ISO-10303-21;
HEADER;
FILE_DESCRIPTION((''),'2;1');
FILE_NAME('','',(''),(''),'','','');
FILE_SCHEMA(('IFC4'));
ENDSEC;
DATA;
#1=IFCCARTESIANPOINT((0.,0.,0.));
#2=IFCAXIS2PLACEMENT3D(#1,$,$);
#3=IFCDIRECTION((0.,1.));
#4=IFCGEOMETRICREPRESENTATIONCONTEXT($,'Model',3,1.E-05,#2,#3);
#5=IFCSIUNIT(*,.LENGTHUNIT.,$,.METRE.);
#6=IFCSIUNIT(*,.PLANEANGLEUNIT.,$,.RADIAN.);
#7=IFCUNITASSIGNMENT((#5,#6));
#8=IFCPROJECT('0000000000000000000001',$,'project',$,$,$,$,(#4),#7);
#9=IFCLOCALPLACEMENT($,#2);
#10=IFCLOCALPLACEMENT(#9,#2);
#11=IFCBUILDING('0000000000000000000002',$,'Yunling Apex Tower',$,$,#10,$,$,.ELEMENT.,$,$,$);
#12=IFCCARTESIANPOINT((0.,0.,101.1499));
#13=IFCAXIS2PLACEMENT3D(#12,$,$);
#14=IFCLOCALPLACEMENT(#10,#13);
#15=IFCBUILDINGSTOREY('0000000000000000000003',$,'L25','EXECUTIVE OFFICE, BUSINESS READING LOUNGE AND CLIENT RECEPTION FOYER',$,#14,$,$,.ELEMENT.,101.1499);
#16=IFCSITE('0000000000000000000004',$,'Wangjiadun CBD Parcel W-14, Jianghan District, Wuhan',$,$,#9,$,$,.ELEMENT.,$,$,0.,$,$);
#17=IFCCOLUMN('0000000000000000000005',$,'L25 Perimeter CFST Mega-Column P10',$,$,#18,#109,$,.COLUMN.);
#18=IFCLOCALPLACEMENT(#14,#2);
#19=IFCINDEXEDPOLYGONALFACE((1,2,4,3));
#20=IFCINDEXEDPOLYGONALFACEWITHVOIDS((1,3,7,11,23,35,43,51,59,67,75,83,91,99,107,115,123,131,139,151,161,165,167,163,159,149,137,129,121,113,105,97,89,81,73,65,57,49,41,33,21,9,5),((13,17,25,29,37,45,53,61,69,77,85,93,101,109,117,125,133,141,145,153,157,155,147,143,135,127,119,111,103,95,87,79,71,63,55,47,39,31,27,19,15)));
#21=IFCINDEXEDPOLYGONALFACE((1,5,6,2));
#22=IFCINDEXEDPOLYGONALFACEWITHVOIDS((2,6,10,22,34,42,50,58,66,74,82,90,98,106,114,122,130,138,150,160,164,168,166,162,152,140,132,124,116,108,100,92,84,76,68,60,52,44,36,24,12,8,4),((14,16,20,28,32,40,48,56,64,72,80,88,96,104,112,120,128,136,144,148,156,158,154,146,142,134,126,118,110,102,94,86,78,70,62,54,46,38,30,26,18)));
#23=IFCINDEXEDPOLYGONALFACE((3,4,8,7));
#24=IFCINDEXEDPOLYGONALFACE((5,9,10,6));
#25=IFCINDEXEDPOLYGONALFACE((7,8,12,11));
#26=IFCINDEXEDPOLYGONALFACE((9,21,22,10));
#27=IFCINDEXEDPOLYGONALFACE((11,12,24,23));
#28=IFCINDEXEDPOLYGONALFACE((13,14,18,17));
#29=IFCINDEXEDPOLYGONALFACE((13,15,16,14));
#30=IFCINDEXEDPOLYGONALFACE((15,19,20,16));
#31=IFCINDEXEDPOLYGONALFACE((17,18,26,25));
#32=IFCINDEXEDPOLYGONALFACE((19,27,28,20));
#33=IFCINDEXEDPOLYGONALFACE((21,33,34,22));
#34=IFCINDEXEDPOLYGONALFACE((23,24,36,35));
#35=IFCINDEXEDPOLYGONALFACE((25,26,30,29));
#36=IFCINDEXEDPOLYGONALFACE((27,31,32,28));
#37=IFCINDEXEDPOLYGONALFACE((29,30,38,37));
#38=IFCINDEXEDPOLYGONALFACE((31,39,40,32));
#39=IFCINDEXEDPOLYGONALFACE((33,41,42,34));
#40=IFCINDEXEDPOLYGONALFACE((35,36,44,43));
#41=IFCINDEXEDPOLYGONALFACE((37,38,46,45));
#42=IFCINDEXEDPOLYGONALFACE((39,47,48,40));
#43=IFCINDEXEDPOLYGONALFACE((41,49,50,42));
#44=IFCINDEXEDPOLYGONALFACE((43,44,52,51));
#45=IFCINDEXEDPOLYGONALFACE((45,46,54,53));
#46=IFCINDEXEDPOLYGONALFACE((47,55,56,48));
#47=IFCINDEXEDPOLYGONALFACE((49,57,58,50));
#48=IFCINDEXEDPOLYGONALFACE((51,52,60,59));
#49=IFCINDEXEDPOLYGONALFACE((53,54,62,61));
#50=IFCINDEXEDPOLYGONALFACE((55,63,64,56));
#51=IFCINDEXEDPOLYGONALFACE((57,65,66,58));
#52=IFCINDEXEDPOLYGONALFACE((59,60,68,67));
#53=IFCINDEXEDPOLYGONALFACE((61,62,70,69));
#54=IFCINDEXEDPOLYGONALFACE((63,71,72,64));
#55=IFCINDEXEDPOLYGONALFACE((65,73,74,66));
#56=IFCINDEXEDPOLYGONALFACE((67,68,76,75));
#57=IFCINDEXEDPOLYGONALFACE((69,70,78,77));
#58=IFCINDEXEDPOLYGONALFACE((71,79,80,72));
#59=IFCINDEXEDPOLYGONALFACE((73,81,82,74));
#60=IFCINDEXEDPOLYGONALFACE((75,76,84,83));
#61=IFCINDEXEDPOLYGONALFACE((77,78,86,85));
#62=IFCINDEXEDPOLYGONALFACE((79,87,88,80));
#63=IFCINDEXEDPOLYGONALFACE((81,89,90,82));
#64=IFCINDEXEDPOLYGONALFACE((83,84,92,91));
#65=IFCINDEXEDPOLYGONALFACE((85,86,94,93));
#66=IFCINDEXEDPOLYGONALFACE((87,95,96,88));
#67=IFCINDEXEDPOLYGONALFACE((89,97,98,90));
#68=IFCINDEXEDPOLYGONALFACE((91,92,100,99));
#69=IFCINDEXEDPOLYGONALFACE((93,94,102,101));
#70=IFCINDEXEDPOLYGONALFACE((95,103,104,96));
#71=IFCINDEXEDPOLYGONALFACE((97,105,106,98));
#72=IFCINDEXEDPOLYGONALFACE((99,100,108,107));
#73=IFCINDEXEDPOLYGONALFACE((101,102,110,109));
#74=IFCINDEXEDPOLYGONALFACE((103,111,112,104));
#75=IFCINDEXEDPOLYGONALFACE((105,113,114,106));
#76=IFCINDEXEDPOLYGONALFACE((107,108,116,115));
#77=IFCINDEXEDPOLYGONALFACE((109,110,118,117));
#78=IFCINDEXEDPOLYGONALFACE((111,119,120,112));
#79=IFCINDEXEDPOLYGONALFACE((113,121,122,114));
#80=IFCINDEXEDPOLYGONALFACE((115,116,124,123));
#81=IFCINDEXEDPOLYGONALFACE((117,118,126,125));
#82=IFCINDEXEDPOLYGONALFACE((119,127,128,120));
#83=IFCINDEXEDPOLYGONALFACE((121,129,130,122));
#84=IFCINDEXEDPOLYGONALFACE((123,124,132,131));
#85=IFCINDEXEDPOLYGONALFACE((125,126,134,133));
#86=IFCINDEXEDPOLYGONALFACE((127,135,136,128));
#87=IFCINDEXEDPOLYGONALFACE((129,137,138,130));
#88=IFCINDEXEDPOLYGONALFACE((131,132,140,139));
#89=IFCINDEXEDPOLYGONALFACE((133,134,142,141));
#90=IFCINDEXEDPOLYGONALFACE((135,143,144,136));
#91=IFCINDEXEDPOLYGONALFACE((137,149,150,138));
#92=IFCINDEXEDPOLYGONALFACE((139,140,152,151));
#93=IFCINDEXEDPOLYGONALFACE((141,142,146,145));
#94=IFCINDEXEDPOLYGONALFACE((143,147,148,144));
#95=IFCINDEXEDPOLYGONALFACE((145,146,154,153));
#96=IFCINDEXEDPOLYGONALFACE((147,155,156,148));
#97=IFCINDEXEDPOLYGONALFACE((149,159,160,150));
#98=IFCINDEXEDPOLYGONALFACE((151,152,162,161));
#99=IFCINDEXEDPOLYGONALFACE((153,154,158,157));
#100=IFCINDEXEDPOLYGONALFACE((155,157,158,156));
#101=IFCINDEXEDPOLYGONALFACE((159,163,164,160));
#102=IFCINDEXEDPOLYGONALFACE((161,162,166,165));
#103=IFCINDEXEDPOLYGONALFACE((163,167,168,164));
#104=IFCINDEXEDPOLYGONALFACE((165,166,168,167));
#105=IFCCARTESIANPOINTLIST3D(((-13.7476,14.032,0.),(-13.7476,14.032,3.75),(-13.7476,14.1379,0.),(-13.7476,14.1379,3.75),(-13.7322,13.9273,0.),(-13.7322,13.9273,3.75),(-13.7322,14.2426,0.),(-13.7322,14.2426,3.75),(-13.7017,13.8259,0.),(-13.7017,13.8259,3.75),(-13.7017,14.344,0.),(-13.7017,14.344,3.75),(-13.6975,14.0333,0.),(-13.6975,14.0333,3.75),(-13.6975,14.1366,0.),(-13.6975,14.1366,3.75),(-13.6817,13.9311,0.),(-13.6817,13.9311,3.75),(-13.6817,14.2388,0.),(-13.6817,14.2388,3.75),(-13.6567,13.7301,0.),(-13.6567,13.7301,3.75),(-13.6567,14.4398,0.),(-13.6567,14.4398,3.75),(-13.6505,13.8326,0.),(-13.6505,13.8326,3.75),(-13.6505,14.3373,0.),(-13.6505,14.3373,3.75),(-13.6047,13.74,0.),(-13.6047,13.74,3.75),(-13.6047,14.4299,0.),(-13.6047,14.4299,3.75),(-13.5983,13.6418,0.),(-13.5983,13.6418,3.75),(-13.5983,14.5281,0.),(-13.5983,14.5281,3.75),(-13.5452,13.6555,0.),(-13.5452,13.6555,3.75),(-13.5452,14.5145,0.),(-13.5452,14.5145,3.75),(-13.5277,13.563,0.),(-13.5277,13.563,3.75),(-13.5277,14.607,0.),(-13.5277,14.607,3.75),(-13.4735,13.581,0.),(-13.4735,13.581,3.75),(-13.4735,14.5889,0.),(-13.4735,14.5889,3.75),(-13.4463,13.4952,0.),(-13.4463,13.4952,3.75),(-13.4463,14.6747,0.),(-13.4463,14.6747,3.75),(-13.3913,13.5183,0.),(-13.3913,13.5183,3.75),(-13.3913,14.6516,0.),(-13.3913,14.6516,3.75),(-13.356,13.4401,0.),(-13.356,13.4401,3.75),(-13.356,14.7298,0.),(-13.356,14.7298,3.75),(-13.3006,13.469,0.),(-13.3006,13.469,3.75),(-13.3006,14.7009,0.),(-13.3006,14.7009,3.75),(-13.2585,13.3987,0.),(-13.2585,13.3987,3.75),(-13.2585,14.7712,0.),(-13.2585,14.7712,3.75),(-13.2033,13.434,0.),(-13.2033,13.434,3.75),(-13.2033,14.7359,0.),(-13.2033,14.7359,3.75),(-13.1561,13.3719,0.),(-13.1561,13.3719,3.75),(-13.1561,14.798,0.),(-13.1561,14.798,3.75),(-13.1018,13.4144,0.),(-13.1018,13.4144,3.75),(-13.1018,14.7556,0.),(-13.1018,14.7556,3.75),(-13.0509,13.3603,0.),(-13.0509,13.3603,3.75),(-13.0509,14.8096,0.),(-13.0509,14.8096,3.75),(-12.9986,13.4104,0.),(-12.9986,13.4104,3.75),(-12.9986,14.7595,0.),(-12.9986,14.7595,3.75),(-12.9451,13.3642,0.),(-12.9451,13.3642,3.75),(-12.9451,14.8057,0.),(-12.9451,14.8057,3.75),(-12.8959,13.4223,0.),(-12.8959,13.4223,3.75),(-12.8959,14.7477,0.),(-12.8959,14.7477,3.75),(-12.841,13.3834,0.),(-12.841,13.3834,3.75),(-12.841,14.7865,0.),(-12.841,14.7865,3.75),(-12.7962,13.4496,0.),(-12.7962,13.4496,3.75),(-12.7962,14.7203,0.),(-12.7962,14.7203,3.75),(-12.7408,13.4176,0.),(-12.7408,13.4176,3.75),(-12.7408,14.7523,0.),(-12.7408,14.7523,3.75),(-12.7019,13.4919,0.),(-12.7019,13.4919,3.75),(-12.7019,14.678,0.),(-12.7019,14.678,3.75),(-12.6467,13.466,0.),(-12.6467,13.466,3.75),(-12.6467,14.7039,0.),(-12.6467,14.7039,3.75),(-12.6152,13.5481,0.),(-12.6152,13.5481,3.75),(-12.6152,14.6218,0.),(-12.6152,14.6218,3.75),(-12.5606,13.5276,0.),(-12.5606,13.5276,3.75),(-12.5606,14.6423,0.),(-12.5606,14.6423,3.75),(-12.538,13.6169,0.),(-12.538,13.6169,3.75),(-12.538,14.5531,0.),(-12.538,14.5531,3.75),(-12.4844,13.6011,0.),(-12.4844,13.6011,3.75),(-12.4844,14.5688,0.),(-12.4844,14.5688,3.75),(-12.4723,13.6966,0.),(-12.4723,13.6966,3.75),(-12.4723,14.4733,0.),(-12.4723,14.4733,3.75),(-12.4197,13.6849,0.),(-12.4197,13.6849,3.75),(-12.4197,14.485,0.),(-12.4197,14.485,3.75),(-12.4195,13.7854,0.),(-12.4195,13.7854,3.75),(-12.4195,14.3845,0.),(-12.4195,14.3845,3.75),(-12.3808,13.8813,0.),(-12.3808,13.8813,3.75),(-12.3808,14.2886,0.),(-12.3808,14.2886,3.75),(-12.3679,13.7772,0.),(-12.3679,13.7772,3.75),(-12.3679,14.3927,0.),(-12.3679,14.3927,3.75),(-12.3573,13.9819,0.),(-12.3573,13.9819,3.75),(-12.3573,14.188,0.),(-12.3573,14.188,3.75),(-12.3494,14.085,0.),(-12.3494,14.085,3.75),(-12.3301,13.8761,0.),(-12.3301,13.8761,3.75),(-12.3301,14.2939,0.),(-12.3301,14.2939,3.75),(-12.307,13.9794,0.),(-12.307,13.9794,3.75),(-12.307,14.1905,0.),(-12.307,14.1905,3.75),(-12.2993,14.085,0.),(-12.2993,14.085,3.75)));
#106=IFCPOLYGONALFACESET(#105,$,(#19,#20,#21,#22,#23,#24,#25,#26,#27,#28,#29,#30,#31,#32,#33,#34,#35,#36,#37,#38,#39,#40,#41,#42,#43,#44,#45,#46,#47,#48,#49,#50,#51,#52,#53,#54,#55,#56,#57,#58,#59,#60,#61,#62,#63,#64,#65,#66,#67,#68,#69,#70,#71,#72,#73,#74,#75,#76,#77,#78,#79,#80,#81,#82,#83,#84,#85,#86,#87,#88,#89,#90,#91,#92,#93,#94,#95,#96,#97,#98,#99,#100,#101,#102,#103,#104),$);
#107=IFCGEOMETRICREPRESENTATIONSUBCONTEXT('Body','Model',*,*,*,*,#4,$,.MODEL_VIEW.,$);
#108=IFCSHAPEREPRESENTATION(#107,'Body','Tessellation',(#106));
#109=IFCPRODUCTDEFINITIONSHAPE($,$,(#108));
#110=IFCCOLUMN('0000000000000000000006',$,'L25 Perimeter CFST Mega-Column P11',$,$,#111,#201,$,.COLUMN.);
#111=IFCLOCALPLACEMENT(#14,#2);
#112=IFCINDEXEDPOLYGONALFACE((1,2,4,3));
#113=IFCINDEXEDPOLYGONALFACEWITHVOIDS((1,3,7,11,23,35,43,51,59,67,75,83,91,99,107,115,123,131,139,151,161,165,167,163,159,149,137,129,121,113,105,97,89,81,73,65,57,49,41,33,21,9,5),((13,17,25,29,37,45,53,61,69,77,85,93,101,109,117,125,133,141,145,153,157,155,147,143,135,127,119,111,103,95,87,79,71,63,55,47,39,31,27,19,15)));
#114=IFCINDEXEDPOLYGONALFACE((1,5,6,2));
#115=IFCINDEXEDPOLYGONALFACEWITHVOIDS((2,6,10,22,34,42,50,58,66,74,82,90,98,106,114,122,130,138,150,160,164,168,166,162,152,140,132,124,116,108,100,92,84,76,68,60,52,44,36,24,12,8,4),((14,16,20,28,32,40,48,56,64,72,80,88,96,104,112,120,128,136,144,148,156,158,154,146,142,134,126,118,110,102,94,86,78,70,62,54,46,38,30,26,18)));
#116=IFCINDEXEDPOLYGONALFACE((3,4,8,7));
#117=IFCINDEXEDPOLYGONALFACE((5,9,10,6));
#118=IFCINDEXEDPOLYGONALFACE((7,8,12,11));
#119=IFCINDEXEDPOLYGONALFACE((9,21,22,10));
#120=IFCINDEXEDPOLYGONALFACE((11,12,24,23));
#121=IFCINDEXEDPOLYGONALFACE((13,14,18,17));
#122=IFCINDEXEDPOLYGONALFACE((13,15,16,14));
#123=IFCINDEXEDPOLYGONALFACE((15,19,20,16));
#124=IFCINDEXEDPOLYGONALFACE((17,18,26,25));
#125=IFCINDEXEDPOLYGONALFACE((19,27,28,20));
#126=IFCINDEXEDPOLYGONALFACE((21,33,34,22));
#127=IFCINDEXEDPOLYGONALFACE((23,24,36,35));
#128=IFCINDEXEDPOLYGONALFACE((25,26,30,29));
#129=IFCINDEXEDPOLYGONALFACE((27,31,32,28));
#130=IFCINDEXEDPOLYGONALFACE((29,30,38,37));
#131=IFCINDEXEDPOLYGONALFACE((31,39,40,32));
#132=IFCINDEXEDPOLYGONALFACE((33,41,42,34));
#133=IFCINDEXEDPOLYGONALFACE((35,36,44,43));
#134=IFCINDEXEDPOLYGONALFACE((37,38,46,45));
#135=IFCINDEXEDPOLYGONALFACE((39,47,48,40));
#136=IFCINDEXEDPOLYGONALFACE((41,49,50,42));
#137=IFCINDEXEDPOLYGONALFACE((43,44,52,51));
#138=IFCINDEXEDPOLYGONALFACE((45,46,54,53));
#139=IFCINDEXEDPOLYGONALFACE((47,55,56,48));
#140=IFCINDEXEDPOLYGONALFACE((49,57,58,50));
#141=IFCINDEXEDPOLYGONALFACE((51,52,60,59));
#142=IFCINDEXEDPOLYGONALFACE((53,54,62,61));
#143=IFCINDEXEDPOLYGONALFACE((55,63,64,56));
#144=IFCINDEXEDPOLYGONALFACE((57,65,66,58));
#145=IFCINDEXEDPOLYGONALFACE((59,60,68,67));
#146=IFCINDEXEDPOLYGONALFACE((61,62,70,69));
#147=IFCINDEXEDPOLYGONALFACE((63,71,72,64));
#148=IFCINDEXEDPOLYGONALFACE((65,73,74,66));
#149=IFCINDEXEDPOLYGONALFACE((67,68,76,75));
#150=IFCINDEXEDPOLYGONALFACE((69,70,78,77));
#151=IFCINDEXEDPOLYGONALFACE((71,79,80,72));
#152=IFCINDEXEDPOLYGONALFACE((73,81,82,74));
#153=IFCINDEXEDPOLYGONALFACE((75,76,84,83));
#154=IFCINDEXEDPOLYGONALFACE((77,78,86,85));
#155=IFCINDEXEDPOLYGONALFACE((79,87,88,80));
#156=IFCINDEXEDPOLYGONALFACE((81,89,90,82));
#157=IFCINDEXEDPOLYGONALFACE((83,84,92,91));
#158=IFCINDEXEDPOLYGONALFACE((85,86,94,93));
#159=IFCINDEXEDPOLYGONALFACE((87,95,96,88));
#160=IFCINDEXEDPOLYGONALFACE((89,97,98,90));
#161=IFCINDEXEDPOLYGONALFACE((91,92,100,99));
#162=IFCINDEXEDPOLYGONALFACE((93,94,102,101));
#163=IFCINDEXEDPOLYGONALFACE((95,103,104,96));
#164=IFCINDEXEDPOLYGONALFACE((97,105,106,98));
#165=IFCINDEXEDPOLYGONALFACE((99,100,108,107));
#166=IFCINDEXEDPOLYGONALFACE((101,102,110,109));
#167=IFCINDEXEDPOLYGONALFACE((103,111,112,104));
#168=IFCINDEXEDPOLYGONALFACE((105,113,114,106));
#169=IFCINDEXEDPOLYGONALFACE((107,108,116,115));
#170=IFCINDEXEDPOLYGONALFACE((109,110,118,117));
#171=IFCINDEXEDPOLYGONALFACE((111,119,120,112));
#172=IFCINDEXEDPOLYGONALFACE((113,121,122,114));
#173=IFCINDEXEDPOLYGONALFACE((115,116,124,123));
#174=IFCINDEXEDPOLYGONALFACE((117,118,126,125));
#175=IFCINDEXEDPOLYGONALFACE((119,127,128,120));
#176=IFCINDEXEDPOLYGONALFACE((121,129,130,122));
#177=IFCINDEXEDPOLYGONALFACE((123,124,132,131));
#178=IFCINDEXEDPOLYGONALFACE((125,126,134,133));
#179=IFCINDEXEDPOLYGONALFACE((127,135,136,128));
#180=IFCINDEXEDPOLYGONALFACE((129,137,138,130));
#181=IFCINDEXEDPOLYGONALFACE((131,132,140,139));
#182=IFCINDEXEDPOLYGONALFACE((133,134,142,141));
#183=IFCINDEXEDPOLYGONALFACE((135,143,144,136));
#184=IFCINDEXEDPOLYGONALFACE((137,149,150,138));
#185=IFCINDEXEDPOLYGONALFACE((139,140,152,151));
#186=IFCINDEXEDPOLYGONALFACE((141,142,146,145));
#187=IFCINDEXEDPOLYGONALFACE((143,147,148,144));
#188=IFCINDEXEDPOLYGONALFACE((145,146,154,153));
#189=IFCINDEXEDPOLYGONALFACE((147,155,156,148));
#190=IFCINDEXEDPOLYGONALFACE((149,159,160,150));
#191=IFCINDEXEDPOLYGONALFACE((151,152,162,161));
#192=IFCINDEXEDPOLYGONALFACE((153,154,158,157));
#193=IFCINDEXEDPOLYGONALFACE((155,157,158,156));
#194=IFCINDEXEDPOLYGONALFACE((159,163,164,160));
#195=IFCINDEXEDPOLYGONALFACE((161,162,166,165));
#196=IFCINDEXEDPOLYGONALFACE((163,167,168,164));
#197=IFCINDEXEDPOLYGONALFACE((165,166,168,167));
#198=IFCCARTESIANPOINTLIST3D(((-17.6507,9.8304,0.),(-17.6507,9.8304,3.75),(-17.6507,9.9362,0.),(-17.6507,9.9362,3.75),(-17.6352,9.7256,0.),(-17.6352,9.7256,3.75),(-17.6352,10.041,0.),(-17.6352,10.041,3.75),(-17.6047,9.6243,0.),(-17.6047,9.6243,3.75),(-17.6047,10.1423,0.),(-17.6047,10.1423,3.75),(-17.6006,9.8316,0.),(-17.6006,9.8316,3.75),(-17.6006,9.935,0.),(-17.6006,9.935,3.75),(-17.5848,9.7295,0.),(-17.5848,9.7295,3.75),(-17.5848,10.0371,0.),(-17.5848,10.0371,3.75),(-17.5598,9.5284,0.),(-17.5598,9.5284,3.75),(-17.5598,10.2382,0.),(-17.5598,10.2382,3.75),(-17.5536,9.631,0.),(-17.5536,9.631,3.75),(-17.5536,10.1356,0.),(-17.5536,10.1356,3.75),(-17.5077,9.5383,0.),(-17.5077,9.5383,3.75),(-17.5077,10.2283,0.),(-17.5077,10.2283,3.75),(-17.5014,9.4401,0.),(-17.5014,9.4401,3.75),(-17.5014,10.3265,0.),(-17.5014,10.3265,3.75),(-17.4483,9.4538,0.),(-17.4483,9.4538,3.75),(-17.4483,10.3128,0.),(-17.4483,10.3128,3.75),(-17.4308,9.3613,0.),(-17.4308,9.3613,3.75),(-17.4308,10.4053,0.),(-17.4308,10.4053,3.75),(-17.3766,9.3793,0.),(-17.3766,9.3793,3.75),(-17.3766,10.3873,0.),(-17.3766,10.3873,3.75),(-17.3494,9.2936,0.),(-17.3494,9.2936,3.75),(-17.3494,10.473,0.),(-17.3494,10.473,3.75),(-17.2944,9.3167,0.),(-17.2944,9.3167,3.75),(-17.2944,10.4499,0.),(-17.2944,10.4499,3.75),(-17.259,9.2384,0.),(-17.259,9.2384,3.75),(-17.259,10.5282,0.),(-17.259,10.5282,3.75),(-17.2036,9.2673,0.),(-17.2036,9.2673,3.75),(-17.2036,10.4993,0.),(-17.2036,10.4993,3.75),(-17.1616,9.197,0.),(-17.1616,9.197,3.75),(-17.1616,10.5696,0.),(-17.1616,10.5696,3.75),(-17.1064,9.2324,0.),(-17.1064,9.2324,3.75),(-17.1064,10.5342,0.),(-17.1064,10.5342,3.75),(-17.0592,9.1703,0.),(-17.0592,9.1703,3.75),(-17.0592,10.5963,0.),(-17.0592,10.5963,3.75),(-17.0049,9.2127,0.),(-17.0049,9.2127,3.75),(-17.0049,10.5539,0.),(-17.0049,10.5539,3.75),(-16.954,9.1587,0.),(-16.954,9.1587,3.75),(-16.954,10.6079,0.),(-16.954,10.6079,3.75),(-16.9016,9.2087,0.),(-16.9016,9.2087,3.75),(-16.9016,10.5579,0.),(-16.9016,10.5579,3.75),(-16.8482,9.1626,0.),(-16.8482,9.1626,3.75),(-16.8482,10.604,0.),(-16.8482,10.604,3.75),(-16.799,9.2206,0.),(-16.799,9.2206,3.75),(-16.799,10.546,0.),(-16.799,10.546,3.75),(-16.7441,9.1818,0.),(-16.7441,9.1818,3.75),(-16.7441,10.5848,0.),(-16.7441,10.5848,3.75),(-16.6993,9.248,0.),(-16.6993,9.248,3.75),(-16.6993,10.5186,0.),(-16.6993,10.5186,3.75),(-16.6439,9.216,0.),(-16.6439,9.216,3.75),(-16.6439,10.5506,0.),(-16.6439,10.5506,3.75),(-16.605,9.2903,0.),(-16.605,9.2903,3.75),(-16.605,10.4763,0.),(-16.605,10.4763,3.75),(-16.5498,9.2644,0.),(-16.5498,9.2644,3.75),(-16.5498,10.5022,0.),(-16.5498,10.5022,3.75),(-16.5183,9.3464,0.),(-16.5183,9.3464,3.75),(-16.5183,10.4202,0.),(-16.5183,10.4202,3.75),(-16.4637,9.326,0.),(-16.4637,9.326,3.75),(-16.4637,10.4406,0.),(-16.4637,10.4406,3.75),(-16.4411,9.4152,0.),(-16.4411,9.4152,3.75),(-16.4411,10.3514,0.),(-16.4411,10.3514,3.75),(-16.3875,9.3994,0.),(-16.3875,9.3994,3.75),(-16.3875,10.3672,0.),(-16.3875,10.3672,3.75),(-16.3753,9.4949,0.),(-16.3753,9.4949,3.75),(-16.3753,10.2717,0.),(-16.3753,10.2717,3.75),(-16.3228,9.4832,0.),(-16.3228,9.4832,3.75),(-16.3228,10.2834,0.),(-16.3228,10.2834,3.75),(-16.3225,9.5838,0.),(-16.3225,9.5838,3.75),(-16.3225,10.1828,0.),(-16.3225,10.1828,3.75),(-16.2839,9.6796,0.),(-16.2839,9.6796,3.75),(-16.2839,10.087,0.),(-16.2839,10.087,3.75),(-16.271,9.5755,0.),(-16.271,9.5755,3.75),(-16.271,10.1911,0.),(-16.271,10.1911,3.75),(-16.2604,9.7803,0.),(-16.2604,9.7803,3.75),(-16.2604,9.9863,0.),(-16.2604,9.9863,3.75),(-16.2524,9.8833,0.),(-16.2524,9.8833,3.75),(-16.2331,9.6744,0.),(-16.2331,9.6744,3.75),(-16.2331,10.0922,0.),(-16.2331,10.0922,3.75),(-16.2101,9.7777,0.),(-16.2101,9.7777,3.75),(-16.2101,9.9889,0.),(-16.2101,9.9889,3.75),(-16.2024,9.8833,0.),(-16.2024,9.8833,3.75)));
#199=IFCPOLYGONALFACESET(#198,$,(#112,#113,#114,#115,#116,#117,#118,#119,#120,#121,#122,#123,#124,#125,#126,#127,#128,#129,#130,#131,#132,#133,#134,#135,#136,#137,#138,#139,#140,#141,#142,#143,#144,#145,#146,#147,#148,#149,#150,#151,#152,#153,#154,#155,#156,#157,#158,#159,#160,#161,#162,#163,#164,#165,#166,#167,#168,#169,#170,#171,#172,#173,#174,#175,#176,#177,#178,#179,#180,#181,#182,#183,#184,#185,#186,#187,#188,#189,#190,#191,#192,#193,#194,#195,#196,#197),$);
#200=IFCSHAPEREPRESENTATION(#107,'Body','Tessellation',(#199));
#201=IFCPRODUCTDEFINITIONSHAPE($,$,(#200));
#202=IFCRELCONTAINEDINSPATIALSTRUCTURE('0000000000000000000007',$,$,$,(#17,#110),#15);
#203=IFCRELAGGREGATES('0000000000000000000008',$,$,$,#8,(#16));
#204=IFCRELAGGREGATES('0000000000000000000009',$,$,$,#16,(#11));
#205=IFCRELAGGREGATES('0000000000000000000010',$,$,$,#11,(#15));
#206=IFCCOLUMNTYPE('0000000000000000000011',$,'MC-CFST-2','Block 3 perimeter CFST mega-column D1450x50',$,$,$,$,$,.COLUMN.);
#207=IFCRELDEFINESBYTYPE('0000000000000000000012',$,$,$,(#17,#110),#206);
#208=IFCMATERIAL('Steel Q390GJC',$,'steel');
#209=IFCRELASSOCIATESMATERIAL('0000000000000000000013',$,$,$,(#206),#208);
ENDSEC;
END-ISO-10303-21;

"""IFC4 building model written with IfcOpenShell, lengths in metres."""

from ifc_helpers import new_model, si_unit, direction, frame, origin, origin_2d, place, context, subcontext, project, spatial, hollow_circle, extrude, source, transform, mapped, material, material_profile, profile_set, type_object, element, save


model = new_model("IFC4")

# Units and contexts
model_context = context("Model", 3, precision=1e-05, world=origin(), true_north=direction((0.0, 1.0)))
body_context = subcontext(model_context, "Body", "Model", "MODEL_VIEW")
ifc_project = project(units=[si_unit("LENGTHUNIT", "METRE"), si_unit("PLANEANGLEUNIT", "RADIAN")], contexts=[model_context])

# Site, building, storey
site_placement = place(None, origin())
site = spatial("IfcSite", under=ifc_project, at=site_placement, Name="Wangjiadun CBD Parcel W-14, Jianghan District, Wuhan", CompositionType="ELEMENT", RefElevation=0.0)
building_placement = place(site_placement, origin())
building = spatial("IfcBuilding", under=site, at=building_placement, Name="Yunling Apex Tower", CompositionType="ELEMENT")
storey_placement = place(building_placement, frame((0.0, 0.0, 101.1499)))
storey = spatial("IfcBuildingStorey", under=building, at=storey_placement, Name="L25", Description="EXECUTIVE OFFICE, BUSINESS READING LOUNGE AND CLIENT RECEPTION FOYER", CompositionType="ELEMENT", Elevation=101.1499)

# Columns
ifc_material_1 = material(Name="Steel Q390GJC", Category="steel")
ifc_material_profile_1 = material_profile(ifc_material_1, hollow_circle(Radius=0.7251, WallThickness=0.05, at=origin_2d()))
ifc_profile_set_1 = profile_set([ifc_material_profile_1], Name="Steel Q390GJC")
column_type = type_object("IfcColumnType", Name="MC-CFST-2", Description="Block 3 perimeter CFST mega-column D1450x50", PredefinedType="COLUMN", material=ifc_profile_set_1)
shared_shape_1 = source(origin(), body_context, "Body", "SweptSolid", [
    extrude(hollow_circle(Radius=0.7251, WallThickness=0.05, at=origin_2d()), origin(), (0.0, 0.0, 1.0), 3.75),
])
for number, where, z_axis, x_axis, name in (
    (1, (-13.0244, 14.085, 0.0), (0.0, 0.0, 1.0), (1.0, 0.0, 0.0), "L25 Perimeter CFST Mega-Column P10"),
    (2, (-16.9275, 9.8833, 0.0), (0.0, 0.0, 1.0), (1.0, 0.0, 0.0), "L25 Perimeter CFST Mega-Column P11"),
):
    element("IfcColumn", number, at=place(storey_placement, frame(where, z_axis=z_axis, x_axis=x_axis)), inside=storey, type_object=column_type, Name=name, PredefinedType="COLUMN", context=body_context, shape_type="MappedRepresentation", body=[
        mapped(shared_shape_1, transform((0.0, 0.0, 0.0), scale=1.0)),
    ])

save(model, "model.ifc")
